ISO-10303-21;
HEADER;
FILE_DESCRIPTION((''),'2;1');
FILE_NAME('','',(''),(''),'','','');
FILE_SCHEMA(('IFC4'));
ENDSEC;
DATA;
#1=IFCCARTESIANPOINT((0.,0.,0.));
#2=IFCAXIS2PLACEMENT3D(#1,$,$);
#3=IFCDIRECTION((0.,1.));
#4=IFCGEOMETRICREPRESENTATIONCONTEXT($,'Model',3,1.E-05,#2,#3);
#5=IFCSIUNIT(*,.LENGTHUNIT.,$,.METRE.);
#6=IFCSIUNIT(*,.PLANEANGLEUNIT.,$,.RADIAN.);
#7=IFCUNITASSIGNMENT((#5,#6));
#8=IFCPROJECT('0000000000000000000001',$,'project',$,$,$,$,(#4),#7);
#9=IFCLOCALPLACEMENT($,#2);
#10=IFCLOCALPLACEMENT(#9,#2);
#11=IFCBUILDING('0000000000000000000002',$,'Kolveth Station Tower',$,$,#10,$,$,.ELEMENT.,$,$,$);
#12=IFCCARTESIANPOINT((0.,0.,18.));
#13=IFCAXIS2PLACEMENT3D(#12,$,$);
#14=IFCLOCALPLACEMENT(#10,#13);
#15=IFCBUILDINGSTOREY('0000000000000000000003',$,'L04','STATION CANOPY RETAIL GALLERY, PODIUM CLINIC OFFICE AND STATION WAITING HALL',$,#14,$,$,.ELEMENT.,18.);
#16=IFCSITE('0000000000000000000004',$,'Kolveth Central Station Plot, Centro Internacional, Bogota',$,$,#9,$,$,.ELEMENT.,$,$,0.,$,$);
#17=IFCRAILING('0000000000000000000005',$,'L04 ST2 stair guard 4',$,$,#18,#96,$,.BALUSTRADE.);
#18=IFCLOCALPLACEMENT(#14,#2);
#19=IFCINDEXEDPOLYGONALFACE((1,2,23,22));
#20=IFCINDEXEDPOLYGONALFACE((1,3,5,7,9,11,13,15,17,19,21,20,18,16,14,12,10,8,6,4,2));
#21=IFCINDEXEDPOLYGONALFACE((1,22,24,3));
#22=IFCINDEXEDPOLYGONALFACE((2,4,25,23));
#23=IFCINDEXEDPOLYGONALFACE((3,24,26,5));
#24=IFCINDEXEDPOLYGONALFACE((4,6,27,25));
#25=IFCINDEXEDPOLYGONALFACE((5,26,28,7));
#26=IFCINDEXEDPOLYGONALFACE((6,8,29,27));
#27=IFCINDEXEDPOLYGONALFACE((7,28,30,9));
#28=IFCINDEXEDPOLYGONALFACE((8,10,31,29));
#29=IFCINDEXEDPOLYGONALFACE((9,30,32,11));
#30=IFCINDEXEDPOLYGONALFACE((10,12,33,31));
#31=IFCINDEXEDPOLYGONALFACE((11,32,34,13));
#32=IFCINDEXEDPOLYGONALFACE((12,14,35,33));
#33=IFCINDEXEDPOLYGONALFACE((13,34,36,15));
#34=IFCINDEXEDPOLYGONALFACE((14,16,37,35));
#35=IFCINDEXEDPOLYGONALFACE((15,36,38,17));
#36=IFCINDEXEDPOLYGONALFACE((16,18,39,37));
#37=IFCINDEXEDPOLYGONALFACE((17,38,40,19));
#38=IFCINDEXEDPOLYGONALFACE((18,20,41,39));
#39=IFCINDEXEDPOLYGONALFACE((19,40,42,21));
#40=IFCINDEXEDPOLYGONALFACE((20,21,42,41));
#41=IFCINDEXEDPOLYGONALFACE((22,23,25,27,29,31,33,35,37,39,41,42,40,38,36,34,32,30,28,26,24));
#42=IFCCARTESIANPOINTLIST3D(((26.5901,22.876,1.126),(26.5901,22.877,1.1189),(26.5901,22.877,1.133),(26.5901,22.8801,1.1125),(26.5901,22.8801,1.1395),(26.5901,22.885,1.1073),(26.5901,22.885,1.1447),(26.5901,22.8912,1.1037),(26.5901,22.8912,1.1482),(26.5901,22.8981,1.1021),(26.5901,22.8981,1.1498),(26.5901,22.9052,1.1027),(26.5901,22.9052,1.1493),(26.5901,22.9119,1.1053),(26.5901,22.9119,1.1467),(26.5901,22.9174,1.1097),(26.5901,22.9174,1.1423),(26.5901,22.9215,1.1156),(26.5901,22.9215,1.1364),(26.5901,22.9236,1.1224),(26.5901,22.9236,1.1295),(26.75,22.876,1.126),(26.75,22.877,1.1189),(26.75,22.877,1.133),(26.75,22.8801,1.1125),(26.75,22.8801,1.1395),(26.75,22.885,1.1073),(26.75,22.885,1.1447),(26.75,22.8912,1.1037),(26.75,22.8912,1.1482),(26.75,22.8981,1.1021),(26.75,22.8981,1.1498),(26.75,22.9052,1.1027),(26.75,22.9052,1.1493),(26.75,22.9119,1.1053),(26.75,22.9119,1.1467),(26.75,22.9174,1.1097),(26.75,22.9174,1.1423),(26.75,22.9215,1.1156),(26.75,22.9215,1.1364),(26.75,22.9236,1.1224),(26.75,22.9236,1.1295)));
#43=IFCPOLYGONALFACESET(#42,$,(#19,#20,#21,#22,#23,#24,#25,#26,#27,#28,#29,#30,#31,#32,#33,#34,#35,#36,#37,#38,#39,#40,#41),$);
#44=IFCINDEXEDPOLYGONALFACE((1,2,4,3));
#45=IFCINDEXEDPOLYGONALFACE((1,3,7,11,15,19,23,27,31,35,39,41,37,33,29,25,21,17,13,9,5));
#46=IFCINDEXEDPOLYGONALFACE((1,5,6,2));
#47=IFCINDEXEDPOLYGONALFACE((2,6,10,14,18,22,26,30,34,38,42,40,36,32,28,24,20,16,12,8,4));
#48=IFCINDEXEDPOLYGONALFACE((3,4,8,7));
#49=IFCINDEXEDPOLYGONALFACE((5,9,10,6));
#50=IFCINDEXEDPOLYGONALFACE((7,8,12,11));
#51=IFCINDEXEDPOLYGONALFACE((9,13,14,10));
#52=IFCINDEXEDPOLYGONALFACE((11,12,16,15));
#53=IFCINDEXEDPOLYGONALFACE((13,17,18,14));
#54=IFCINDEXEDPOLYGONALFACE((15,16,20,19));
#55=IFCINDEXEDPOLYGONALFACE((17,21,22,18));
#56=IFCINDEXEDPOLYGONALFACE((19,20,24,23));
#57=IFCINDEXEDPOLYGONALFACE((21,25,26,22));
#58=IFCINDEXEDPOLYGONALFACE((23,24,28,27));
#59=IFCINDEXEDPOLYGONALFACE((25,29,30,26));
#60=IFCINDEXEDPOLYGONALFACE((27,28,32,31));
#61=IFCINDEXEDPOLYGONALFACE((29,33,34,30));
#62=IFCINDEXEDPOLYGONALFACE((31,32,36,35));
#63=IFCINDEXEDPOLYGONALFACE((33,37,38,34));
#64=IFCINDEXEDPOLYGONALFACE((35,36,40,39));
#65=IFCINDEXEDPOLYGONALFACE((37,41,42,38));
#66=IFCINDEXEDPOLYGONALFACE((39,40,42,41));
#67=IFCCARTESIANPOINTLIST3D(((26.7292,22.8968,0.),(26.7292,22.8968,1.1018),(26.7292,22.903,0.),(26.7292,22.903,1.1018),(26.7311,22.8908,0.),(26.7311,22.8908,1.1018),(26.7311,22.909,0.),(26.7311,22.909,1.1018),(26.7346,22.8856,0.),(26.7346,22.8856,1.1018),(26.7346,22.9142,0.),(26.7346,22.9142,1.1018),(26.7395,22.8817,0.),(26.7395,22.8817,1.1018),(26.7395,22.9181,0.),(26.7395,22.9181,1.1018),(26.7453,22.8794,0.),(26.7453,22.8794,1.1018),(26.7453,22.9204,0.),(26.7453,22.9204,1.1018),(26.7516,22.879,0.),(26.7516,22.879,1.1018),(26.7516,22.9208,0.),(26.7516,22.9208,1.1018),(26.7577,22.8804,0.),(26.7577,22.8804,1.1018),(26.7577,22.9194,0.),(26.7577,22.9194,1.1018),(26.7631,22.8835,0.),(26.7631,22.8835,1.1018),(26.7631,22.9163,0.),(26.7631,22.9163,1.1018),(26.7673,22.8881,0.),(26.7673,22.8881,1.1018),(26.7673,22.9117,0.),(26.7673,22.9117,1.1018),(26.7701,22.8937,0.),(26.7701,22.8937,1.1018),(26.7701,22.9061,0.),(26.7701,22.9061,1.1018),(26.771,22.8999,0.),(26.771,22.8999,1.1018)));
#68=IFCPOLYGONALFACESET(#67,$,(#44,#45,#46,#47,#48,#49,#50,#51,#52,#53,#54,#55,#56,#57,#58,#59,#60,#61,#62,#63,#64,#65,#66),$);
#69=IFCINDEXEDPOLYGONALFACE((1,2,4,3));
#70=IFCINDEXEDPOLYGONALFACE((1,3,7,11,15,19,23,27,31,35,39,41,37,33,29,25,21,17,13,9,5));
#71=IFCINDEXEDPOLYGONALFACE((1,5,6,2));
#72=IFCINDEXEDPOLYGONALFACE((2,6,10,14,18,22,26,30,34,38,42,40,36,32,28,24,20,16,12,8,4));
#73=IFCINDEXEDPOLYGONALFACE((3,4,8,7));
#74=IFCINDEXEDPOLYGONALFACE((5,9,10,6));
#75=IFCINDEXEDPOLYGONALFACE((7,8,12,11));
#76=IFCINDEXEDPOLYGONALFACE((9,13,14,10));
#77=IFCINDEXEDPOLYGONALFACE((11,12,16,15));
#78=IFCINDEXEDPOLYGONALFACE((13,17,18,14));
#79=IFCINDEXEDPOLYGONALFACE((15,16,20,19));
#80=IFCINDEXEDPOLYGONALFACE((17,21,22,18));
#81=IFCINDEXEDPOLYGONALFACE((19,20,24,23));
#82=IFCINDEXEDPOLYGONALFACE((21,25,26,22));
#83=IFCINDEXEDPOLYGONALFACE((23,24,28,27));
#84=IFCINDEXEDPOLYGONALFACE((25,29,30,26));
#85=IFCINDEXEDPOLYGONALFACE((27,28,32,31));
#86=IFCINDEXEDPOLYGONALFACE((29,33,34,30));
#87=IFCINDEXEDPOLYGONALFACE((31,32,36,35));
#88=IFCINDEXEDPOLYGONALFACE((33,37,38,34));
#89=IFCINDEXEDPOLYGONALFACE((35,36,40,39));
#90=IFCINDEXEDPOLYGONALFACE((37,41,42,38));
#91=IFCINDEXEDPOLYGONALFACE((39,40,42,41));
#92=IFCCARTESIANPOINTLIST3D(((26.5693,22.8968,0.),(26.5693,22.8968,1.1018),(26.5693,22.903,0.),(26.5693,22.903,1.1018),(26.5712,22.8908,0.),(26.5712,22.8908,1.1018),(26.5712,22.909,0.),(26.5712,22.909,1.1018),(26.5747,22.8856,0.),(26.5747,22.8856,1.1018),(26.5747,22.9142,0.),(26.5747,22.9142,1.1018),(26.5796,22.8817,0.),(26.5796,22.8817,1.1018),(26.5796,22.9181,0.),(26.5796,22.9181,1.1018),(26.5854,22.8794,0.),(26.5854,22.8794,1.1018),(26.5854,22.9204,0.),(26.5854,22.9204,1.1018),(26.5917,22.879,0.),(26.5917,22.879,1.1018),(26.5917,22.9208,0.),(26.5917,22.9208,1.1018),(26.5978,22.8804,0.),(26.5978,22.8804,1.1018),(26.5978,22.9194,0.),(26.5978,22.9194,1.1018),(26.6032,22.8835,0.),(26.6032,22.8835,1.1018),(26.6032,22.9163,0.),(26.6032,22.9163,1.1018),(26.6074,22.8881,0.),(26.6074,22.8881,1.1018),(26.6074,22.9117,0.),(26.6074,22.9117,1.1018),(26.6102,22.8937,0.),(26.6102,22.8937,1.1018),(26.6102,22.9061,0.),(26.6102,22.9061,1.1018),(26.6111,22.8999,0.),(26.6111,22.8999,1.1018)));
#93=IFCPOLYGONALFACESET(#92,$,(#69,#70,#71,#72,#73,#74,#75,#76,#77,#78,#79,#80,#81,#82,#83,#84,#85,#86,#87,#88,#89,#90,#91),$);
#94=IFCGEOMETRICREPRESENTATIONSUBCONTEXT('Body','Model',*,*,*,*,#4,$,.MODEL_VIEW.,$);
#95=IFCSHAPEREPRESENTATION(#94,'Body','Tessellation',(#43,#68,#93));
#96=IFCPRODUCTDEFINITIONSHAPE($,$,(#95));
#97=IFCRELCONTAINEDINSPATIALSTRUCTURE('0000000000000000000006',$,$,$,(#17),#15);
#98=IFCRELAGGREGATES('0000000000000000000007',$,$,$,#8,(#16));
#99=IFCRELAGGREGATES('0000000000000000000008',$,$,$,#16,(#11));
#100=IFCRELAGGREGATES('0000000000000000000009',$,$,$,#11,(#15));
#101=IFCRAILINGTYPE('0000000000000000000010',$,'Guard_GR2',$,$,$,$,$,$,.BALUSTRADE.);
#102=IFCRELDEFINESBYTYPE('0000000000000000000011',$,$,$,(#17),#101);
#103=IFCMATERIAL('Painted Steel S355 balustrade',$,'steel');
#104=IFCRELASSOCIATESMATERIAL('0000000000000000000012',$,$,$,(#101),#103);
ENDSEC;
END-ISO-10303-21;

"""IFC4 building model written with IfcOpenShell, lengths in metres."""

from ifc_helpers import new_model, si_unit, direction, frame, origin, origin_2d, place, context, subcontext, project, spatial, circle, extrude, material, type_object, element, save


model = new_model("IFC4")

# Units and contexts
model_context = context("Model", 3, precision=1e-05, world=origin(), true_north=direction((0.0, 1.0)))
body_context = subcontext(model_context, "Body", "Model", "MODEL_VIEW")
ifc_project = project(units=[si_unit("LENGTHUNIT", "METRE"), si_unit("PLANEANGLEUNIT", "RADIAN")], contexts=[model_context])

# Site, building, storey
site_placement = place(None, origin())
site = spatial("IfcSite", under=ifc_project, at=site_placement, Name="Kolveth Central Station Plot, Centro Internacional, Bogota", CompositionType="ELEMENT", RefElevation=0.0)
building_placement = place(site_placement, origin())
building = spatial("IfcBuilding", under=site, at=building_placement, Name="Kolveth Station Tower", CompositionType="ELEMENT")
storey_placement = place(building_placement, frame((0.0, 0.0, 18.0)))
storey = spatial("IfcBuildingStorey", under=building, at=storey_placement, Name="L04", Description="STATION CANOPY RETAIL GALLERY, PODIUM CLINIC OFFICE AND STATION WAITING HALL", CompositionType="ELEMENT", Elevation=18.0)

# Railing
ifc_material_1 = material(Name="Painted Steel S355 balustrade", Category="steel")
railing_type_1 = type_object("IfcRailingType", Name="Guard_GR2", PredefinedType="BALUSTRADE", material=ifc_material_1)
railing_1_placement = place(storey_placement, frame((26.75, 22.8999, 0.0)))
element("IfcRailing", 1, at=railing_1_placement, inside=storey, type_object=railing_type_1, Name="L04 ST2 stair guard 4", PredefinedType="BALUSTRADE", context=body_context, shape_type="SweptSolid", body=[
    extrude(circle(Radius=0.0239, at=origin_2d()), frame((0.0, 0.0, 1.126), z_axis=(-1.0, 0.0, 0.0), x_axis=(0.0, -1.0, 0.0)), (0.0, 0.0, 1.0), 0.1599),
    extrude(circle(Radius=0.021, at=origin_2d()), origin(), (0.0, 0.0, 1.0), 1.1018),
    extrude(circle(Radius=0.021, at=origin_2d()), frame((-0.1599, 0.0, 0.0)), (0.0, 0.0, 1.0), 1.1018),
])

save(model, "model.ifc")
